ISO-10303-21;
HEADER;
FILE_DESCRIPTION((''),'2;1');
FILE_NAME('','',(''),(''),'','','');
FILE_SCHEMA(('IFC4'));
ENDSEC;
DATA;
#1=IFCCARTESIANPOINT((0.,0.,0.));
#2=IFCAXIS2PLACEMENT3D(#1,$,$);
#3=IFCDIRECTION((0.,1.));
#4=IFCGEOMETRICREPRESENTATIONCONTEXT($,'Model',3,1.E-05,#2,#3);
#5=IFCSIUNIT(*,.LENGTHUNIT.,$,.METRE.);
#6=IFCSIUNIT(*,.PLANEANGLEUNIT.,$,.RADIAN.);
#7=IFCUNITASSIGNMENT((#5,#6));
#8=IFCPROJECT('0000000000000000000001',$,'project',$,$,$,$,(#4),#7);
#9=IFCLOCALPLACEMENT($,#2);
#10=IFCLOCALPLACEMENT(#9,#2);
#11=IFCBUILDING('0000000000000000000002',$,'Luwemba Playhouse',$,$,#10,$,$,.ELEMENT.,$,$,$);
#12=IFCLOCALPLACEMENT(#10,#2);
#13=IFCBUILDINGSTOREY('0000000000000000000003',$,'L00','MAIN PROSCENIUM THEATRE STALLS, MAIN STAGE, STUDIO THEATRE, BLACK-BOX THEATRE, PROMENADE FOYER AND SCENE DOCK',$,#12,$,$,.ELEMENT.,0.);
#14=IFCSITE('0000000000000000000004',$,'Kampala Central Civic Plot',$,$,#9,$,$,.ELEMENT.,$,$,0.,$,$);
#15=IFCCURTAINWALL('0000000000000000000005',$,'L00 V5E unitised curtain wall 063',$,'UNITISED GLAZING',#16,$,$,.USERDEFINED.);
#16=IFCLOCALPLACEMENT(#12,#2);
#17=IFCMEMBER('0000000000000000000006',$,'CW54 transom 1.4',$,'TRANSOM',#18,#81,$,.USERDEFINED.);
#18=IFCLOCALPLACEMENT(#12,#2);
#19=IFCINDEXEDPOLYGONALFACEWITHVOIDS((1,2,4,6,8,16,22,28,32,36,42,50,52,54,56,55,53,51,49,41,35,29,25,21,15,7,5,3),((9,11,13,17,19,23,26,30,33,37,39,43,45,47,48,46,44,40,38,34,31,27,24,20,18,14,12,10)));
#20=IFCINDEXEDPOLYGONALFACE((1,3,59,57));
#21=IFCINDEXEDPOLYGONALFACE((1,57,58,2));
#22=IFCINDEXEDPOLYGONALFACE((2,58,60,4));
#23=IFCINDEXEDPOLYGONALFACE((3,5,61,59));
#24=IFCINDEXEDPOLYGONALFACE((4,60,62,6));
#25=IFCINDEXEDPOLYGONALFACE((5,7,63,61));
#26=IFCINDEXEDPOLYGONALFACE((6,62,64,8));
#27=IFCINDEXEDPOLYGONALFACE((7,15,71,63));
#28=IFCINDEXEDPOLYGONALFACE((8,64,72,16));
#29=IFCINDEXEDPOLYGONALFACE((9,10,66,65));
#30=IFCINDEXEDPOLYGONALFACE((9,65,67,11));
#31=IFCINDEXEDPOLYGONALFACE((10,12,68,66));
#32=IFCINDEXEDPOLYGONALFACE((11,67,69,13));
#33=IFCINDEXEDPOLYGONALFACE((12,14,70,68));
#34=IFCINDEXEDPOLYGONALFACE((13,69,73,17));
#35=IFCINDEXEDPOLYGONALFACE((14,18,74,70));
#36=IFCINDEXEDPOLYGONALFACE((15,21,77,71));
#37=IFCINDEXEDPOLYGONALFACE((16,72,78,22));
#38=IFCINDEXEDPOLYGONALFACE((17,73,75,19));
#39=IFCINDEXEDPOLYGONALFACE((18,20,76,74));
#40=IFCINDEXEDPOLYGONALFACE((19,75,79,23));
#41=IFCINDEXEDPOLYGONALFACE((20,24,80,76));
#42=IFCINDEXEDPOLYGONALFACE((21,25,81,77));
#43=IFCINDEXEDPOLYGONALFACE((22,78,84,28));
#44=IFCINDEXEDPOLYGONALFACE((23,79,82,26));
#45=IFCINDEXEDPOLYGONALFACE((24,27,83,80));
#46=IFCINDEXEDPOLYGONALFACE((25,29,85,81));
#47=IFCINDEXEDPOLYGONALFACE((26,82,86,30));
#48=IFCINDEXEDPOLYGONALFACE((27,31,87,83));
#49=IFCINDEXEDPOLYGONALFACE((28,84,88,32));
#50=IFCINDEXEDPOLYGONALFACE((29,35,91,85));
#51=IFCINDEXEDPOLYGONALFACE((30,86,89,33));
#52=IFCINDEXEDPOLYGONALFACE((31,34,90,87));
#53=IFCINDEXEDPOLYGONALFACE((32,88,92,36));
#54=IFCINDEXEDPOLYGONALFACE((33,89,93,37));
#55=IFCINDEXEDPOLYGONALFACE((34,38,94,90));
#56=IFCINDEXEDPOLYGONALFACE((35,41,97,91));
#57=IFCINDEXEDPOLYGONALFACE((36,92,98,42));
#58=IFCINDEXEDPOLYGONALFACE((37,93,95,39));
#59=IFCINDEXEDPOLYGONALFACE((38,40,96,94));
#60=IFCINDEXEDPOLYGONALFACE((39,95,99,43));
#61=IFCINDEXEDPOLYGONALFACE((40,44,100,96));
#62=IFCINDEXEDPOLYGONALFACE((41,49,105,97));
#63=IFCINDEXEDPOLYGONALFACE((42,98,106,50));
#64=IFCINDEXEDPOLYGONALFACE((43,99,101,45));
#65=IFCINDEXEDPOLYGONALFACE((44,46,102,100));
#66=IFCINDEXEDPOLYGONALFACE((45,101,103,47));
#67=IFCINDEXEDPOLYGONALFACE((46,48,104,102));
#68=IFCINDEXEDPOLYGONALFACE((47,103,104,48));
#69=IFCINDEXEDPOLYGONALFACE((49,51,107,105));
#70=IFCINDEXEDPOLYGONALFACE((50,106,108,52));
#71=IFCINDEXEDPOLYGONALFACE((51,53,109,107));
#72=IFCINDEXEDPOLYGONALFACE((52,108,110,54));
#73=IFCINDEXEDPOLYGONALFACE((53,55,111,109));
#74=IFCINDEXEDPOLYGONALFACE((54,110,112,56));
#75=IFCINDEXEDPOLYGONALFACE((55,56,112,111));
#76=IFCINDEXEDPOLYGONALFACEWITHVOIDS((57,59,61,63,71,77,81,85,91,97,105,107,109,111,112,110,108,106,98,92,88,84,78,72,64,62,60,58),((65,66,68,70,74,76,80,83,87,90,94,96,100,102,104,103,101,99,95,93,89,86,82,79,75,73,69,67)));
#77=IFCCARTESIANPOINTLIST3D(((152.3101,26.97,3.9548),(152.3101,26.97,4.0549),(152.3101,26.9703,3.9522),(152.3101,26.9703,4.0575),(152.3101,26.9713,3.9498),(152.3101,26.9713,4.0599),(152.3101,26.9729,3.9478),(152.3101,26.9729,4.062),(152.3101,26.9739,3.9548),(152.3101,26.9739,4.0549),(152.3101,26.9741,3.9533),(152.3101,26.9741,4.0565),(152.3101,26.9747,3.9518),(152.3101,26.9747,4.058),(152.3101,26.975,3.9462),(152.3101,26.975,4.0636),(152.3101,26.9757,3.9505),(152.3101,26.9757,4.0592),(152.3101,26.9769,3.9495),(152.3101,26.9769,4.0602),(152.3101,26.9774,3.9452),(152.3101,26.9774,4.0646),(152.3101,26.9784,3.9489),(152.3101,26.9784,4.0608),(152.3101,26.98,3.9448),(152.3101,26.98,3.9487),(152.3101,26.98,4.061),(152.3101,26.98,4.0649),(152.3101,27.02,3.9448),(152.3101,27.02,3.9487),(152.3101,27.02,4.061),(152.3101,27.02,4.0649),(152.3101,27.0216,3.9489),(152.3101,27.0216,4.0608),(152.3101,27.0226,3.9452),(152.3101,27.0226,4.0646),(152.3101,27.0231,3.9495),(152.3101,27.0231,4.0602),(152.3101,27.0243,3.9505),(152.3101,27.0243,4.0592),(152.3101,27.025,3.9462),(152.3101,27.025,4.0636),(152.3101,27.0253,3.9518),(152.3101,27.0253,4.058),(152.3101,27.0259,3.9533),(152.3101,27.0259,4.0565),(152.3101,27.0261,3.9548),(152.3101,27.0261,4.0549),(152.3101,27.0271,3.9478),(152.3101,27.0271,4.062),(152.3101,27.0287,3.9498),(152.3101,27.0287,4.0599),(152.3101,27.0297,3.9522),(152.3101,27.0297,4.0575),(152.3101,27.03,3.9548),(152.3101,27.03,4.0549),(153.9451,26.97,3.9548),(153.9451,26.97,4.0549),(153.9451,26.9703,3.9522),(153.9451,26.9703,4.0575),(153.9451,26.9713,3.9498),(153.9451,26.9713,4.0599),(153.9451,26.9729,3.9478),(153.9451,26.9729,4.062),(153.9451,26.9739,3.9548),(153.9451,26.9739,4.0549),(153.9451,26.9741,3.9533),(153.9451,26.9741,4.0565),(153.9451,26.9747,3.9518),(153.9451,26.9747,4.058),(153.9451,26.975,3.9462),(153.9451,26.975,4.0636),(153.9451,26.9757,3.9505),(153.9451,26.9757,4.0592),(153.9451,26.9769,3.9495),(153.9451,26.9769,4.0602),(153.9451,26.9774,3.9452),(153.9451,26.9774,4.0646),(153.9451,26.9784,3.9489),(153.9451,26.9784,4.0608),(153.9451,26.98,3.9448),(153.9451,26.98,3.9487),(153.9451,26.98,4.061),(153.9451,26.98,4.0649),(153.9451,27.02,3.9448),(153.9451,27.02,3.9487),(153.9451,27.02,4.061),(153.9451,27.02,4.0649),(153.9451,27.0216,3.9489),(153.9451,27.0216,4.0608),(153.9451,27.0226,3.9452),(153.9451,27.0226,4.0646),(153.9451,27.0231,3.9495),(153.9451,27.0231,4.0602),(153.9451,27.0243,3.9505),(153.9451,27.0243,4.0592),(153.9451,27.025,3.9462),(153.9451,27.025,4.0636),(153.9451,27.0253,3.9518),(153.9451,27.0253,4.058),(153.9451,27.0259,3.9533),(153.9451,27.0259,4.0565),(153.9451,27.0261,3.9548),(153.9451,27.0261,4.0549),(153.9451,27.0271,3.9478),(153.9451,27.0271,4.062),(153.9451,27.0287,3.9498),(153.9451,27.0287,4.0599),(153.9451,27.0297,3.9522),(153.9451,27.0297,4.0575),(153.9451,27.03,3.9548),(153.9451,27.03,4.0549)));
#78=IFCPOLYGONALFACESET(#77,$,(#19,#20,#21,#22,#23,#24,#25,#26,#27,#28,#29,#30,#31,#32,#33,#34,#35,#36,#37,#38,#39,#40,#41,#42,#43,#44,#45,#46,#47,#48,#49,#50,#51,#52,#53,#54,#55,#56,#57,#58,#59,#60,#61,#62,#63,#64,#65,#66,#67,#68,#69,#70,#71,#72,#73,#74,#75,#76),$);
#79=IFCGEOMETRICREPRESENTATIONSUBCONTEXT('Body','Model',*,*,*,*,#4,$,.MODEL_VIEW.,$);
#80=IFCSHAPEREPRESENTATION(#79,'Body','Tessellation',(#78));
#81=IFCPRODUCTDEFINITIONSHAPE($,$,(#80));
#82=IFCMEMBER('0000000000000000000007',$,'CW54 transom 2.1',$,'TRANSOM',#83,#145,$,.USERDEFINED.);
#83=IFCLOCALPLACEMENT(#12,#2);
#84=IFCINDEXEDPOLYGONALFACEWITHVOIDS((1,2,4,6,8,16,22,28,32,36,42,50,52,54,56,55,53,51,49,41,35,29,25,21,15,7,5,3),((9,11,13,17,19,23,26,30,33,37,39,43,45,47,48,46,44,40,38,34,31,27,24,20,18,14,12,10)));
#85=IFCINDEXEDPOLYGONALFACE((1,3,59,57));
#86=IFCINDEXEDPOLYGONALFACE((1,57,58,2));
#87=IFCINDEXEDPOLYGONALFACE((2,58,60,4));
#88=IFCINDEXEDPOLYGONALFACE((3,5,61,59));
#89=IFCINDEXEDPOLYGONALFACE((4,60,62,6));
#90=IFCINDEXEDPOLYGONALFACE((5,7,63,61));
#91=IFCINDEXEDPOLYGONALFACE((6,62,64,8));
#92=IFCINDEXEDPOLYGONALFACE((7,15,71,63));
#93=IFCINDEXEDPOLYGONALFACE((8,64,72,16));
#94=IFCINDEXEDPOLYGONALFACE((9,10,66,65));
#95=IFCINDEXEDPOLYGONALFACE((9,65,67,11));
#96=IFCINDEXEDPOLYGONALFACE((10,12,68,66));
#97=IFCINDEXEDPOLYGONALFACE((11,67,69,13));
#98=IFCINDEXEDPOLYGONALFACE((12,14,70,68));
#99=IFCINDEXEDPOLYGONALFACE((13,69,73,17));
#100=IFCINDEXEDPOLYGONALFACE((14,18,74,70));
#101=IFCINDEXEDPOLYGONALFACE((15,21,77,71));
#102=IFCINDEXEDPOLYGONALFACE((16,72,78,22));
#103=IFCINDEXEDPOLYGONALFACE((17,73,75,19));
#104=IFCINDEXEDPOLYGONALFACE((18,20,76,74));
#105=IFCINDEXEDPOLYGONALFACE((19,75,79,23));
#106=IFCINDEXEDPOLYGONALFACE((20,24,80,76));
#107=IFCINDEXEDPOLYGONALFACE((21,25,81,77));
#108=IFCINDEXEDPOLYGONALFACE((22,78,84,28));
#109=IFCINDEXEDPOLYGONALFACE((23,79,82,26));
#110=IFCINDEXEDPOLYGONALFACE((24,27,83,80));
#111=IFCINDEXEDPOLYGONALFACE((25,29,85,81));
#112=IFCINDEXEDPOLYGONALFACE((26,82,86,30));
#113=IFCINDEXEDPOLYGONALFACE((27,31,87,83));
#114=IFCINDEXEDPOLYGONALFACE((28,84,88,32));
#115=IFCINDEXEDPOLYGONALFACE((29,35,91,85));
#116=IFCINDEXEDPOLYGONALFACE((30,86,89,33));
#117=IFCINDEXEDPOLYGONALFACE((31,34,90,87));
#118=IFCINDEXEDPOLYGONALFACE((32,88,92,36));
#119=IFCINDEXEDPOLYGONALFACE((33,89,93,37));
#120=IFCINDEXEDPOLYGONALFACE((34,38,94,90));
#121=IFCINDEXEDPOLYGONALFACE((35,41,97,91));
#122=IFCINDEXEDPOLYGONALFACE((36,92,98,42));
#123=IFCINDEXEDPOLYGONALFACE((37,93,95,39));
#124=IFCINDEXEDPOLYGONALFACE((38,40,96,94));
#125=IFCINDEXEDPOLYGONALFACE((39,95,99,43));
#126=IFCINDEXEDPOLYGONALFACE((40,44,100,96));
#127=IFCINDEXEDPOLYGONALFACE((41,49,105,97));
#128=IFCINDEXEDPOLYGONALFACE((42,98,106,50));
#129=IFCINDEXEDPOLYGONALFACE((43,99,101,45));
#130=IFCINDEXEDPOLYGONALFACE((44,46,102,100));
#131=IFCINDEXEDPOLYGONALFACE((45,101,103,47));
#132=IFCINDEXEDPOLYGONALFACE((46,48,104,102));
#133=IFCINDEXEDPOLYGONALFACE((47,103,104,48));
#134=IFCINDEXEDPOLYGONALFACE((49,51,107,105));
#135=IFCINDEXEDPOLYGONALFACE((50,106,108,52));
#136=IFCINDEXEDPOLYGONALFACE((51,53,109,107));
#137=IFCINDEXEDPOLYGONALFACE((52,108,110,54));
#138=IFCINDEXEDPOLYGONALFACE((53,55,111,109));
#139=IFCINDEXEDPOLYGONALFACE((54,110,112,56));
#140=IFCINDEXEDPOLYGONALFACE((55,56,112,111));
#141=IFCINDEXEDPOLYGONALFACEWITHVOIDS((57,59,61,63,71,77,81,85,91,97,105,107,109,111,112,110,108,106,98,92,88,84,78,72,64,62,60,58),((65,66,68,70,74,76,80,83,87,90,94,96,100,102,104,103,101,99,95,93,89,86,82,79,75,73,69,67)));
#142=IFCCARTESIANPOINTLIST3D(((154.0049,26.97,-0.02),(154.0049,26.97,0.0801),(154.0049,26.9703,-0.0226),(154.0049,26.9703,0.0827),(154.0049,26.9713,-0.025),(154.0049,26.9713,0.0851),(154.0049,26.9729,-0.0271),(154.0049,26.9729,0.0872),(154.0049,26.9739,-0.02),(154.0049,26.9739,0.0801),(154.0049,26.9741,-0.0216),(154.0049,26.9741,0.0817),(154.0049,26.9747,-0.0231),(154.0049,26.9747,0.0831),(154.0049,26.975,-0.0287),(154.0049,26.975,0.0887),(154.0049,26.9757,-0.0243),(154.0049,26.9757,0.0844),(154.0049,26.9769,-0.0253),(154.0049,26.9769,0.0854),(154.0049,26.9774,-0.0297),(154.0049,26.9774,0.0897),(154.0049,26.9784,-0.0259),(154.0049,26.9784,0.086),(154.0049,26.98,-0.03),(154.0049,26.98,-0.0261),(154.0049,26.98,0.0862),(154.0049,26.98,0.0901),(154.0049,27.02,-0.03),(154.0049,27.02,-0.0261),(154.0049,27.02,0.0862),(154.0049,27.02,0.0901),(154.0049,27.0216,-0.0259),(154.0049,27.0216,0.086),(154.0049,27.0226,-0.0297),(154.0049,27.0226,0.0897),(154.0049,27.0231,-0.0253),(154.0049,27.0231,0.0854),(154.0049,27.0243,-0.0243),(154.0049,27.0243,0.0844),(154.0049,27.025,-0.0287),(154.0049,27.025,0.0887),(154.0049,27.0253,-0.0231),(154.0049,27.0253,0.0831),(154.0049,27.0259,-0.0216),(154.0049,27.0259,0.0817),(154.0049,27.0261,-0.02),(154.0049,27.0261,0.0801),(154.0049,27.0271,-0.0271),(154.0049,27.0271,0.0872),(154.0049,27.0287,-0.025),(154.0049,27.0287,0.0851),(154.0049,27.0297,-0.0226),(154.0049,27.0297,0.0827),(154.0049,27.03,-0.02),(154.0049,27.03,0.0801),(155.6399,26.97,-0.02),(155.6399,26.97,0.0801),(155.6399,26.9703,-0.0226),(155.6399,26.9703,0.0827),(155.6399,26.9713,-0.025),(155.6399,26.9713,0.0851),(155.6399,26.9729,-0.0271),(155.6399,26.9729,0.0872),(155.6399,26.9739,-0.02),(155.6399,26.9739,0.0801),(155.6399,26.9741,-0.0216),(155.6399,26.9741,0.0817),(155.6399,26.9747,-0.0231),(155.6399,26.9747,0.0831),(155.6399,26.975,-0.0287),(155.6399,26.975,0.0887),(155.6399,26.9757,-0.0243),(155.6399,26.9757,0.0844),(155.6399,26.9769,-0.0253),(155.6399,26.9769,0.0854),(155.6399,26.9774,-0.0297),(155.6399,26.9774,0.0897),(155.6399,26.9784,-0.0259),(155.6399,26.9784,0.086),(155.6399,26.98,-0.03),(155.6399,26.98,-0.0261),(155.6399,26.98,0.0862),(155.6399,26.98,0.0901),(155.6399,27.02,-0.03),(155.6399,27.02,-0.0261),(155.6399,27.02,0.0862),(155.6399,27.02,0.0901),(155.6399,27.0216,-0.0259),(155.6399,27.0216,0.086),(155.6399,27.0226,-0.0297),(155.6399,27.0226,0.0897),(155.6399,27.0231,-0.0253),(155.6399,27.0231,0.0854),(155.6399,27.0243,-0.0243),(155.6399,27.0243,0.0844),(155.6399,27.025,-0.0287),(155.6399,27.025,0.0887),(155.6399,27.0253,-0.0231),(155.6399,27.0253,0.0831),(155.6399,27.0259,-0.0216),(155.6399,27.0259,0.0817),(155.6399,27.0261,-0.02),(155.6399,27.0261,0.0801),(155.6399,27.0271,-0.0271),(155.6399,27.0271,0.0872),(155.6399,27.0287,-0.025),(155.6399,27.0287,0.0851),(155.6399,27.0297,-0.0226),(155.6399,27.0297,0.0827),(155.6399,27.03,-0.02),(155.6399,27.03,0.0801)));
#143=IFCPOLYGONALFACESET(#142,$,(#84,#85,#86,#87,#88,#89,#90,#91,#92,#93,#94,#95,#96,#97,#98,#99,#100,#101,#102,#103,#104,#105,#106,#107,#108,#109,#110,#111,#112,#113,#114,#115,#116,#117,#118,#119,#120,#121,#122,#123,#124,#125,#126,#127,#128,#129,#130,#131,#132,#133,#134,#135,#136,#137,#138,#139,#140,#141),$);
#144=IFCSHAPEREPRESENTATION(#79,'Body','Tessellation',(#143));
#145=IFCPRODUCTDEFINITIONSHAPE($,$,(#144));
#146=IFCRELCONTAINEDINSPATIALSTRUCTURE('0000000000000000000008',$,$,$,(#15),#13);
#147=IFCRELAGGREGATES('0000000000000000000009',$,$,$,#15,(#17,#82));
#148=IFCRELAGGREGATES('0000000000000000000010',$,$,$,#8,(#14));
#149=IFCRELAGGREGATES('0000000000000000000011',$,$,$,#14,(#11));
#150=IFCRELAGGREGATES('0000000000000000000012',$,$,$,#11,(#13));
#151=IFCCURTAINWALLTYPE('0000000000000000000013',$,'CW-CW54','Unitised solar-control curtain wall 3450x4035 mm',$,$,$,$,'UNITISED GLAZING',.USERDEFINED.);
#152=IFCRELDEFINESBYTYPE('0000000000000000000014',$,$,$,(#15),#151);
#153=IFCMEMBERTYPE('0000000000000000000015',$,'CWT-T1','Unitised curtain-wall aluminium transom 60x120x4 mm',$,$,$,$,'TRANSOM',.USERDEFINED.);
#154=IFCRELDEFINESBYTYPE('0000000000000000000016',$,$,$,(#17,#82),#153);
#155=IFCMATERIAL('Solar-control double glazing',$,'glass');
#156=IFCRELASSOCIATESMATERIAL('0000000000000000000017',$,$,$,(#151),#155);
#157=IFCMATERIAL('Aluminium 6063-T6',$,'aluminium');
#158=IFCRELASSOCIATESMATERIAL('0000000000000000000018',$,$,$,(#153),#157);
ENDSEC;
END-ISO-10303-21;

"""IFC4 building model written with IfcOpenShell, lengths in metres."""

from ifc_helpers import new_model, si_unit, direction, frame, origin, origin_2d, place, context, subcontext, project, spatial, hollow_rectangle, extrude, material, material_profile, profile_set, type_object, element, aggregate, save


model = new_model("IFC4")

# Units and contexts
model_context = context("Model", 3, precision=1e-05, world=origin(), true_north=direction((0.0, 1.0)))
body_context = subcontext(model_context, "Body", "Model", "MODEL_VIEW")
ifc_project = project(units=[si_unit("LENGTHUNIT", "METRE"), si_unit("PLANEANGLEUNIT", "RADIAN")], contexts=[model_context])

# Site, building, storey
site_placement = place(None, origin())
site = spatial("IfcSite", under=ifc_project, at=site_placement, Name="Kampala Central Civic Plot", CompositionType="ELEMENT", RefElevation=0.0)
building_placement = place(site_placement, origin())
building = spatial("IfcBuilding", under=site, at=building_placement, Name="Luwemba Playhouse", CompositionType="ELEMENT")
storey_placement = place(building_placement, origin())
storey = spatial("IfcBuildingStorey", under=building, at=storey_placement, Name="L00", Description="MAIN PROSCENIUM THEATRE STALLS, MAIN STAGE, STUDIO THEATRE, BLACK-BOX THEATRE, PROMENADE FOYER AND SCENE DOCK", CompositionType="ELEMENT", Elevation=0.0)

# Curtain wall, members
ifc_material_1 = material(Name="Solar-control double glazing", Category="glass")
curtain_wall_type = type_object("IfcCurtainWallType", Name="CW-CW54", Description="Unitised solar-control curtain wall 3450x4035 mm", ElementType="UNITISED GLAZING", PredefinedType="USERDEFINED", material=ifc_material_1)
curtain_wall_placement = place(storey_placement, origin())
curtain_wall = element("IfcCurtainWall", 1, at=curtain_wall_placement, inside=storey, type_object=curtain_wall_type, Name="L00 V5E unitised curtain wall 063", ObjectType="UNITISED GLAZING", PredefinedType="USERDEFINED")
ifc_material_2 = material(Name="Aluminium 6063-T6", Category="aluminium")
ifc_material_profile_1 = material_profile(ifc_material_2, hollow_rectangle(XDim=0.0601, YDim=0.1201, WallThickness=0.0039, InnerFilletRadius=0.0061, OuterFilletRadius=0.01, at=origin_2d()))
ifc_profile_set_1 = profile_set([ifc_material_profile_1], Name="Aluminium 6063-T6")
member_type_1 = type_object("IfcMemberType", Name="CWT-T1", Description="Unitised curtain-wall aluminium transom 60x120x4 mm", ElementType="TRANSOM", PredefinedType="USERDEFINED", material=ifc_profile_set_1)
member_1_placement = place(storey_placement, frame((152.3101, 27.0, 4.0049), z_axis=(1.0, 0.0, 0.0), x_axis=(0.0, 1.0, 0.0)))
member_1 = element("IfcMember", 2, at=member_1_placement, type_object=member_type_1, Name="CW54 transom 1.4", ObjectType="TRANSOM", PredefinedType="USERDEFINED", context=body_context, shape_type="SweptSolid", body=[
    extrude(hollow_rectangle(XDim=0.0601, YDim=0.1201, WallThickness=0.0039, InnerFilletRadius=0.0061, OuterFilletRadius=0.01, at=origin_2d()), origin(), (0.0, 0.0, 1.0), 1.635),
])
member_2_placement = place(storey_placement, frame((154.0049, 27.0, 0.03), z_axis=(1.0, 0.0, 0.0), x_axis=(0.0, 1.0, 0.0)))
member_2 = element("IfcMember", 3, at=member_2_placement, type_object=member_type_1, Name="CW54 transom 2.1", ObjectType="TRANSOM", PredefinedType="USERDEFINED", context=body_context, shape_type="SweptSolid", body=[
    extrude(hollow_rectangle(XDim=0.0601, YDim=0.1201, WallThickness=0.0039, InnerFilletRadius=0.0061, OuterFilletRadius=0.01, at=origin_2d()), origin(), (0.0, 0.0, 1.0), 1.635),
])
aggregate(curtain_wall, [member_1, member_2])

save(model, "model.ifc")
